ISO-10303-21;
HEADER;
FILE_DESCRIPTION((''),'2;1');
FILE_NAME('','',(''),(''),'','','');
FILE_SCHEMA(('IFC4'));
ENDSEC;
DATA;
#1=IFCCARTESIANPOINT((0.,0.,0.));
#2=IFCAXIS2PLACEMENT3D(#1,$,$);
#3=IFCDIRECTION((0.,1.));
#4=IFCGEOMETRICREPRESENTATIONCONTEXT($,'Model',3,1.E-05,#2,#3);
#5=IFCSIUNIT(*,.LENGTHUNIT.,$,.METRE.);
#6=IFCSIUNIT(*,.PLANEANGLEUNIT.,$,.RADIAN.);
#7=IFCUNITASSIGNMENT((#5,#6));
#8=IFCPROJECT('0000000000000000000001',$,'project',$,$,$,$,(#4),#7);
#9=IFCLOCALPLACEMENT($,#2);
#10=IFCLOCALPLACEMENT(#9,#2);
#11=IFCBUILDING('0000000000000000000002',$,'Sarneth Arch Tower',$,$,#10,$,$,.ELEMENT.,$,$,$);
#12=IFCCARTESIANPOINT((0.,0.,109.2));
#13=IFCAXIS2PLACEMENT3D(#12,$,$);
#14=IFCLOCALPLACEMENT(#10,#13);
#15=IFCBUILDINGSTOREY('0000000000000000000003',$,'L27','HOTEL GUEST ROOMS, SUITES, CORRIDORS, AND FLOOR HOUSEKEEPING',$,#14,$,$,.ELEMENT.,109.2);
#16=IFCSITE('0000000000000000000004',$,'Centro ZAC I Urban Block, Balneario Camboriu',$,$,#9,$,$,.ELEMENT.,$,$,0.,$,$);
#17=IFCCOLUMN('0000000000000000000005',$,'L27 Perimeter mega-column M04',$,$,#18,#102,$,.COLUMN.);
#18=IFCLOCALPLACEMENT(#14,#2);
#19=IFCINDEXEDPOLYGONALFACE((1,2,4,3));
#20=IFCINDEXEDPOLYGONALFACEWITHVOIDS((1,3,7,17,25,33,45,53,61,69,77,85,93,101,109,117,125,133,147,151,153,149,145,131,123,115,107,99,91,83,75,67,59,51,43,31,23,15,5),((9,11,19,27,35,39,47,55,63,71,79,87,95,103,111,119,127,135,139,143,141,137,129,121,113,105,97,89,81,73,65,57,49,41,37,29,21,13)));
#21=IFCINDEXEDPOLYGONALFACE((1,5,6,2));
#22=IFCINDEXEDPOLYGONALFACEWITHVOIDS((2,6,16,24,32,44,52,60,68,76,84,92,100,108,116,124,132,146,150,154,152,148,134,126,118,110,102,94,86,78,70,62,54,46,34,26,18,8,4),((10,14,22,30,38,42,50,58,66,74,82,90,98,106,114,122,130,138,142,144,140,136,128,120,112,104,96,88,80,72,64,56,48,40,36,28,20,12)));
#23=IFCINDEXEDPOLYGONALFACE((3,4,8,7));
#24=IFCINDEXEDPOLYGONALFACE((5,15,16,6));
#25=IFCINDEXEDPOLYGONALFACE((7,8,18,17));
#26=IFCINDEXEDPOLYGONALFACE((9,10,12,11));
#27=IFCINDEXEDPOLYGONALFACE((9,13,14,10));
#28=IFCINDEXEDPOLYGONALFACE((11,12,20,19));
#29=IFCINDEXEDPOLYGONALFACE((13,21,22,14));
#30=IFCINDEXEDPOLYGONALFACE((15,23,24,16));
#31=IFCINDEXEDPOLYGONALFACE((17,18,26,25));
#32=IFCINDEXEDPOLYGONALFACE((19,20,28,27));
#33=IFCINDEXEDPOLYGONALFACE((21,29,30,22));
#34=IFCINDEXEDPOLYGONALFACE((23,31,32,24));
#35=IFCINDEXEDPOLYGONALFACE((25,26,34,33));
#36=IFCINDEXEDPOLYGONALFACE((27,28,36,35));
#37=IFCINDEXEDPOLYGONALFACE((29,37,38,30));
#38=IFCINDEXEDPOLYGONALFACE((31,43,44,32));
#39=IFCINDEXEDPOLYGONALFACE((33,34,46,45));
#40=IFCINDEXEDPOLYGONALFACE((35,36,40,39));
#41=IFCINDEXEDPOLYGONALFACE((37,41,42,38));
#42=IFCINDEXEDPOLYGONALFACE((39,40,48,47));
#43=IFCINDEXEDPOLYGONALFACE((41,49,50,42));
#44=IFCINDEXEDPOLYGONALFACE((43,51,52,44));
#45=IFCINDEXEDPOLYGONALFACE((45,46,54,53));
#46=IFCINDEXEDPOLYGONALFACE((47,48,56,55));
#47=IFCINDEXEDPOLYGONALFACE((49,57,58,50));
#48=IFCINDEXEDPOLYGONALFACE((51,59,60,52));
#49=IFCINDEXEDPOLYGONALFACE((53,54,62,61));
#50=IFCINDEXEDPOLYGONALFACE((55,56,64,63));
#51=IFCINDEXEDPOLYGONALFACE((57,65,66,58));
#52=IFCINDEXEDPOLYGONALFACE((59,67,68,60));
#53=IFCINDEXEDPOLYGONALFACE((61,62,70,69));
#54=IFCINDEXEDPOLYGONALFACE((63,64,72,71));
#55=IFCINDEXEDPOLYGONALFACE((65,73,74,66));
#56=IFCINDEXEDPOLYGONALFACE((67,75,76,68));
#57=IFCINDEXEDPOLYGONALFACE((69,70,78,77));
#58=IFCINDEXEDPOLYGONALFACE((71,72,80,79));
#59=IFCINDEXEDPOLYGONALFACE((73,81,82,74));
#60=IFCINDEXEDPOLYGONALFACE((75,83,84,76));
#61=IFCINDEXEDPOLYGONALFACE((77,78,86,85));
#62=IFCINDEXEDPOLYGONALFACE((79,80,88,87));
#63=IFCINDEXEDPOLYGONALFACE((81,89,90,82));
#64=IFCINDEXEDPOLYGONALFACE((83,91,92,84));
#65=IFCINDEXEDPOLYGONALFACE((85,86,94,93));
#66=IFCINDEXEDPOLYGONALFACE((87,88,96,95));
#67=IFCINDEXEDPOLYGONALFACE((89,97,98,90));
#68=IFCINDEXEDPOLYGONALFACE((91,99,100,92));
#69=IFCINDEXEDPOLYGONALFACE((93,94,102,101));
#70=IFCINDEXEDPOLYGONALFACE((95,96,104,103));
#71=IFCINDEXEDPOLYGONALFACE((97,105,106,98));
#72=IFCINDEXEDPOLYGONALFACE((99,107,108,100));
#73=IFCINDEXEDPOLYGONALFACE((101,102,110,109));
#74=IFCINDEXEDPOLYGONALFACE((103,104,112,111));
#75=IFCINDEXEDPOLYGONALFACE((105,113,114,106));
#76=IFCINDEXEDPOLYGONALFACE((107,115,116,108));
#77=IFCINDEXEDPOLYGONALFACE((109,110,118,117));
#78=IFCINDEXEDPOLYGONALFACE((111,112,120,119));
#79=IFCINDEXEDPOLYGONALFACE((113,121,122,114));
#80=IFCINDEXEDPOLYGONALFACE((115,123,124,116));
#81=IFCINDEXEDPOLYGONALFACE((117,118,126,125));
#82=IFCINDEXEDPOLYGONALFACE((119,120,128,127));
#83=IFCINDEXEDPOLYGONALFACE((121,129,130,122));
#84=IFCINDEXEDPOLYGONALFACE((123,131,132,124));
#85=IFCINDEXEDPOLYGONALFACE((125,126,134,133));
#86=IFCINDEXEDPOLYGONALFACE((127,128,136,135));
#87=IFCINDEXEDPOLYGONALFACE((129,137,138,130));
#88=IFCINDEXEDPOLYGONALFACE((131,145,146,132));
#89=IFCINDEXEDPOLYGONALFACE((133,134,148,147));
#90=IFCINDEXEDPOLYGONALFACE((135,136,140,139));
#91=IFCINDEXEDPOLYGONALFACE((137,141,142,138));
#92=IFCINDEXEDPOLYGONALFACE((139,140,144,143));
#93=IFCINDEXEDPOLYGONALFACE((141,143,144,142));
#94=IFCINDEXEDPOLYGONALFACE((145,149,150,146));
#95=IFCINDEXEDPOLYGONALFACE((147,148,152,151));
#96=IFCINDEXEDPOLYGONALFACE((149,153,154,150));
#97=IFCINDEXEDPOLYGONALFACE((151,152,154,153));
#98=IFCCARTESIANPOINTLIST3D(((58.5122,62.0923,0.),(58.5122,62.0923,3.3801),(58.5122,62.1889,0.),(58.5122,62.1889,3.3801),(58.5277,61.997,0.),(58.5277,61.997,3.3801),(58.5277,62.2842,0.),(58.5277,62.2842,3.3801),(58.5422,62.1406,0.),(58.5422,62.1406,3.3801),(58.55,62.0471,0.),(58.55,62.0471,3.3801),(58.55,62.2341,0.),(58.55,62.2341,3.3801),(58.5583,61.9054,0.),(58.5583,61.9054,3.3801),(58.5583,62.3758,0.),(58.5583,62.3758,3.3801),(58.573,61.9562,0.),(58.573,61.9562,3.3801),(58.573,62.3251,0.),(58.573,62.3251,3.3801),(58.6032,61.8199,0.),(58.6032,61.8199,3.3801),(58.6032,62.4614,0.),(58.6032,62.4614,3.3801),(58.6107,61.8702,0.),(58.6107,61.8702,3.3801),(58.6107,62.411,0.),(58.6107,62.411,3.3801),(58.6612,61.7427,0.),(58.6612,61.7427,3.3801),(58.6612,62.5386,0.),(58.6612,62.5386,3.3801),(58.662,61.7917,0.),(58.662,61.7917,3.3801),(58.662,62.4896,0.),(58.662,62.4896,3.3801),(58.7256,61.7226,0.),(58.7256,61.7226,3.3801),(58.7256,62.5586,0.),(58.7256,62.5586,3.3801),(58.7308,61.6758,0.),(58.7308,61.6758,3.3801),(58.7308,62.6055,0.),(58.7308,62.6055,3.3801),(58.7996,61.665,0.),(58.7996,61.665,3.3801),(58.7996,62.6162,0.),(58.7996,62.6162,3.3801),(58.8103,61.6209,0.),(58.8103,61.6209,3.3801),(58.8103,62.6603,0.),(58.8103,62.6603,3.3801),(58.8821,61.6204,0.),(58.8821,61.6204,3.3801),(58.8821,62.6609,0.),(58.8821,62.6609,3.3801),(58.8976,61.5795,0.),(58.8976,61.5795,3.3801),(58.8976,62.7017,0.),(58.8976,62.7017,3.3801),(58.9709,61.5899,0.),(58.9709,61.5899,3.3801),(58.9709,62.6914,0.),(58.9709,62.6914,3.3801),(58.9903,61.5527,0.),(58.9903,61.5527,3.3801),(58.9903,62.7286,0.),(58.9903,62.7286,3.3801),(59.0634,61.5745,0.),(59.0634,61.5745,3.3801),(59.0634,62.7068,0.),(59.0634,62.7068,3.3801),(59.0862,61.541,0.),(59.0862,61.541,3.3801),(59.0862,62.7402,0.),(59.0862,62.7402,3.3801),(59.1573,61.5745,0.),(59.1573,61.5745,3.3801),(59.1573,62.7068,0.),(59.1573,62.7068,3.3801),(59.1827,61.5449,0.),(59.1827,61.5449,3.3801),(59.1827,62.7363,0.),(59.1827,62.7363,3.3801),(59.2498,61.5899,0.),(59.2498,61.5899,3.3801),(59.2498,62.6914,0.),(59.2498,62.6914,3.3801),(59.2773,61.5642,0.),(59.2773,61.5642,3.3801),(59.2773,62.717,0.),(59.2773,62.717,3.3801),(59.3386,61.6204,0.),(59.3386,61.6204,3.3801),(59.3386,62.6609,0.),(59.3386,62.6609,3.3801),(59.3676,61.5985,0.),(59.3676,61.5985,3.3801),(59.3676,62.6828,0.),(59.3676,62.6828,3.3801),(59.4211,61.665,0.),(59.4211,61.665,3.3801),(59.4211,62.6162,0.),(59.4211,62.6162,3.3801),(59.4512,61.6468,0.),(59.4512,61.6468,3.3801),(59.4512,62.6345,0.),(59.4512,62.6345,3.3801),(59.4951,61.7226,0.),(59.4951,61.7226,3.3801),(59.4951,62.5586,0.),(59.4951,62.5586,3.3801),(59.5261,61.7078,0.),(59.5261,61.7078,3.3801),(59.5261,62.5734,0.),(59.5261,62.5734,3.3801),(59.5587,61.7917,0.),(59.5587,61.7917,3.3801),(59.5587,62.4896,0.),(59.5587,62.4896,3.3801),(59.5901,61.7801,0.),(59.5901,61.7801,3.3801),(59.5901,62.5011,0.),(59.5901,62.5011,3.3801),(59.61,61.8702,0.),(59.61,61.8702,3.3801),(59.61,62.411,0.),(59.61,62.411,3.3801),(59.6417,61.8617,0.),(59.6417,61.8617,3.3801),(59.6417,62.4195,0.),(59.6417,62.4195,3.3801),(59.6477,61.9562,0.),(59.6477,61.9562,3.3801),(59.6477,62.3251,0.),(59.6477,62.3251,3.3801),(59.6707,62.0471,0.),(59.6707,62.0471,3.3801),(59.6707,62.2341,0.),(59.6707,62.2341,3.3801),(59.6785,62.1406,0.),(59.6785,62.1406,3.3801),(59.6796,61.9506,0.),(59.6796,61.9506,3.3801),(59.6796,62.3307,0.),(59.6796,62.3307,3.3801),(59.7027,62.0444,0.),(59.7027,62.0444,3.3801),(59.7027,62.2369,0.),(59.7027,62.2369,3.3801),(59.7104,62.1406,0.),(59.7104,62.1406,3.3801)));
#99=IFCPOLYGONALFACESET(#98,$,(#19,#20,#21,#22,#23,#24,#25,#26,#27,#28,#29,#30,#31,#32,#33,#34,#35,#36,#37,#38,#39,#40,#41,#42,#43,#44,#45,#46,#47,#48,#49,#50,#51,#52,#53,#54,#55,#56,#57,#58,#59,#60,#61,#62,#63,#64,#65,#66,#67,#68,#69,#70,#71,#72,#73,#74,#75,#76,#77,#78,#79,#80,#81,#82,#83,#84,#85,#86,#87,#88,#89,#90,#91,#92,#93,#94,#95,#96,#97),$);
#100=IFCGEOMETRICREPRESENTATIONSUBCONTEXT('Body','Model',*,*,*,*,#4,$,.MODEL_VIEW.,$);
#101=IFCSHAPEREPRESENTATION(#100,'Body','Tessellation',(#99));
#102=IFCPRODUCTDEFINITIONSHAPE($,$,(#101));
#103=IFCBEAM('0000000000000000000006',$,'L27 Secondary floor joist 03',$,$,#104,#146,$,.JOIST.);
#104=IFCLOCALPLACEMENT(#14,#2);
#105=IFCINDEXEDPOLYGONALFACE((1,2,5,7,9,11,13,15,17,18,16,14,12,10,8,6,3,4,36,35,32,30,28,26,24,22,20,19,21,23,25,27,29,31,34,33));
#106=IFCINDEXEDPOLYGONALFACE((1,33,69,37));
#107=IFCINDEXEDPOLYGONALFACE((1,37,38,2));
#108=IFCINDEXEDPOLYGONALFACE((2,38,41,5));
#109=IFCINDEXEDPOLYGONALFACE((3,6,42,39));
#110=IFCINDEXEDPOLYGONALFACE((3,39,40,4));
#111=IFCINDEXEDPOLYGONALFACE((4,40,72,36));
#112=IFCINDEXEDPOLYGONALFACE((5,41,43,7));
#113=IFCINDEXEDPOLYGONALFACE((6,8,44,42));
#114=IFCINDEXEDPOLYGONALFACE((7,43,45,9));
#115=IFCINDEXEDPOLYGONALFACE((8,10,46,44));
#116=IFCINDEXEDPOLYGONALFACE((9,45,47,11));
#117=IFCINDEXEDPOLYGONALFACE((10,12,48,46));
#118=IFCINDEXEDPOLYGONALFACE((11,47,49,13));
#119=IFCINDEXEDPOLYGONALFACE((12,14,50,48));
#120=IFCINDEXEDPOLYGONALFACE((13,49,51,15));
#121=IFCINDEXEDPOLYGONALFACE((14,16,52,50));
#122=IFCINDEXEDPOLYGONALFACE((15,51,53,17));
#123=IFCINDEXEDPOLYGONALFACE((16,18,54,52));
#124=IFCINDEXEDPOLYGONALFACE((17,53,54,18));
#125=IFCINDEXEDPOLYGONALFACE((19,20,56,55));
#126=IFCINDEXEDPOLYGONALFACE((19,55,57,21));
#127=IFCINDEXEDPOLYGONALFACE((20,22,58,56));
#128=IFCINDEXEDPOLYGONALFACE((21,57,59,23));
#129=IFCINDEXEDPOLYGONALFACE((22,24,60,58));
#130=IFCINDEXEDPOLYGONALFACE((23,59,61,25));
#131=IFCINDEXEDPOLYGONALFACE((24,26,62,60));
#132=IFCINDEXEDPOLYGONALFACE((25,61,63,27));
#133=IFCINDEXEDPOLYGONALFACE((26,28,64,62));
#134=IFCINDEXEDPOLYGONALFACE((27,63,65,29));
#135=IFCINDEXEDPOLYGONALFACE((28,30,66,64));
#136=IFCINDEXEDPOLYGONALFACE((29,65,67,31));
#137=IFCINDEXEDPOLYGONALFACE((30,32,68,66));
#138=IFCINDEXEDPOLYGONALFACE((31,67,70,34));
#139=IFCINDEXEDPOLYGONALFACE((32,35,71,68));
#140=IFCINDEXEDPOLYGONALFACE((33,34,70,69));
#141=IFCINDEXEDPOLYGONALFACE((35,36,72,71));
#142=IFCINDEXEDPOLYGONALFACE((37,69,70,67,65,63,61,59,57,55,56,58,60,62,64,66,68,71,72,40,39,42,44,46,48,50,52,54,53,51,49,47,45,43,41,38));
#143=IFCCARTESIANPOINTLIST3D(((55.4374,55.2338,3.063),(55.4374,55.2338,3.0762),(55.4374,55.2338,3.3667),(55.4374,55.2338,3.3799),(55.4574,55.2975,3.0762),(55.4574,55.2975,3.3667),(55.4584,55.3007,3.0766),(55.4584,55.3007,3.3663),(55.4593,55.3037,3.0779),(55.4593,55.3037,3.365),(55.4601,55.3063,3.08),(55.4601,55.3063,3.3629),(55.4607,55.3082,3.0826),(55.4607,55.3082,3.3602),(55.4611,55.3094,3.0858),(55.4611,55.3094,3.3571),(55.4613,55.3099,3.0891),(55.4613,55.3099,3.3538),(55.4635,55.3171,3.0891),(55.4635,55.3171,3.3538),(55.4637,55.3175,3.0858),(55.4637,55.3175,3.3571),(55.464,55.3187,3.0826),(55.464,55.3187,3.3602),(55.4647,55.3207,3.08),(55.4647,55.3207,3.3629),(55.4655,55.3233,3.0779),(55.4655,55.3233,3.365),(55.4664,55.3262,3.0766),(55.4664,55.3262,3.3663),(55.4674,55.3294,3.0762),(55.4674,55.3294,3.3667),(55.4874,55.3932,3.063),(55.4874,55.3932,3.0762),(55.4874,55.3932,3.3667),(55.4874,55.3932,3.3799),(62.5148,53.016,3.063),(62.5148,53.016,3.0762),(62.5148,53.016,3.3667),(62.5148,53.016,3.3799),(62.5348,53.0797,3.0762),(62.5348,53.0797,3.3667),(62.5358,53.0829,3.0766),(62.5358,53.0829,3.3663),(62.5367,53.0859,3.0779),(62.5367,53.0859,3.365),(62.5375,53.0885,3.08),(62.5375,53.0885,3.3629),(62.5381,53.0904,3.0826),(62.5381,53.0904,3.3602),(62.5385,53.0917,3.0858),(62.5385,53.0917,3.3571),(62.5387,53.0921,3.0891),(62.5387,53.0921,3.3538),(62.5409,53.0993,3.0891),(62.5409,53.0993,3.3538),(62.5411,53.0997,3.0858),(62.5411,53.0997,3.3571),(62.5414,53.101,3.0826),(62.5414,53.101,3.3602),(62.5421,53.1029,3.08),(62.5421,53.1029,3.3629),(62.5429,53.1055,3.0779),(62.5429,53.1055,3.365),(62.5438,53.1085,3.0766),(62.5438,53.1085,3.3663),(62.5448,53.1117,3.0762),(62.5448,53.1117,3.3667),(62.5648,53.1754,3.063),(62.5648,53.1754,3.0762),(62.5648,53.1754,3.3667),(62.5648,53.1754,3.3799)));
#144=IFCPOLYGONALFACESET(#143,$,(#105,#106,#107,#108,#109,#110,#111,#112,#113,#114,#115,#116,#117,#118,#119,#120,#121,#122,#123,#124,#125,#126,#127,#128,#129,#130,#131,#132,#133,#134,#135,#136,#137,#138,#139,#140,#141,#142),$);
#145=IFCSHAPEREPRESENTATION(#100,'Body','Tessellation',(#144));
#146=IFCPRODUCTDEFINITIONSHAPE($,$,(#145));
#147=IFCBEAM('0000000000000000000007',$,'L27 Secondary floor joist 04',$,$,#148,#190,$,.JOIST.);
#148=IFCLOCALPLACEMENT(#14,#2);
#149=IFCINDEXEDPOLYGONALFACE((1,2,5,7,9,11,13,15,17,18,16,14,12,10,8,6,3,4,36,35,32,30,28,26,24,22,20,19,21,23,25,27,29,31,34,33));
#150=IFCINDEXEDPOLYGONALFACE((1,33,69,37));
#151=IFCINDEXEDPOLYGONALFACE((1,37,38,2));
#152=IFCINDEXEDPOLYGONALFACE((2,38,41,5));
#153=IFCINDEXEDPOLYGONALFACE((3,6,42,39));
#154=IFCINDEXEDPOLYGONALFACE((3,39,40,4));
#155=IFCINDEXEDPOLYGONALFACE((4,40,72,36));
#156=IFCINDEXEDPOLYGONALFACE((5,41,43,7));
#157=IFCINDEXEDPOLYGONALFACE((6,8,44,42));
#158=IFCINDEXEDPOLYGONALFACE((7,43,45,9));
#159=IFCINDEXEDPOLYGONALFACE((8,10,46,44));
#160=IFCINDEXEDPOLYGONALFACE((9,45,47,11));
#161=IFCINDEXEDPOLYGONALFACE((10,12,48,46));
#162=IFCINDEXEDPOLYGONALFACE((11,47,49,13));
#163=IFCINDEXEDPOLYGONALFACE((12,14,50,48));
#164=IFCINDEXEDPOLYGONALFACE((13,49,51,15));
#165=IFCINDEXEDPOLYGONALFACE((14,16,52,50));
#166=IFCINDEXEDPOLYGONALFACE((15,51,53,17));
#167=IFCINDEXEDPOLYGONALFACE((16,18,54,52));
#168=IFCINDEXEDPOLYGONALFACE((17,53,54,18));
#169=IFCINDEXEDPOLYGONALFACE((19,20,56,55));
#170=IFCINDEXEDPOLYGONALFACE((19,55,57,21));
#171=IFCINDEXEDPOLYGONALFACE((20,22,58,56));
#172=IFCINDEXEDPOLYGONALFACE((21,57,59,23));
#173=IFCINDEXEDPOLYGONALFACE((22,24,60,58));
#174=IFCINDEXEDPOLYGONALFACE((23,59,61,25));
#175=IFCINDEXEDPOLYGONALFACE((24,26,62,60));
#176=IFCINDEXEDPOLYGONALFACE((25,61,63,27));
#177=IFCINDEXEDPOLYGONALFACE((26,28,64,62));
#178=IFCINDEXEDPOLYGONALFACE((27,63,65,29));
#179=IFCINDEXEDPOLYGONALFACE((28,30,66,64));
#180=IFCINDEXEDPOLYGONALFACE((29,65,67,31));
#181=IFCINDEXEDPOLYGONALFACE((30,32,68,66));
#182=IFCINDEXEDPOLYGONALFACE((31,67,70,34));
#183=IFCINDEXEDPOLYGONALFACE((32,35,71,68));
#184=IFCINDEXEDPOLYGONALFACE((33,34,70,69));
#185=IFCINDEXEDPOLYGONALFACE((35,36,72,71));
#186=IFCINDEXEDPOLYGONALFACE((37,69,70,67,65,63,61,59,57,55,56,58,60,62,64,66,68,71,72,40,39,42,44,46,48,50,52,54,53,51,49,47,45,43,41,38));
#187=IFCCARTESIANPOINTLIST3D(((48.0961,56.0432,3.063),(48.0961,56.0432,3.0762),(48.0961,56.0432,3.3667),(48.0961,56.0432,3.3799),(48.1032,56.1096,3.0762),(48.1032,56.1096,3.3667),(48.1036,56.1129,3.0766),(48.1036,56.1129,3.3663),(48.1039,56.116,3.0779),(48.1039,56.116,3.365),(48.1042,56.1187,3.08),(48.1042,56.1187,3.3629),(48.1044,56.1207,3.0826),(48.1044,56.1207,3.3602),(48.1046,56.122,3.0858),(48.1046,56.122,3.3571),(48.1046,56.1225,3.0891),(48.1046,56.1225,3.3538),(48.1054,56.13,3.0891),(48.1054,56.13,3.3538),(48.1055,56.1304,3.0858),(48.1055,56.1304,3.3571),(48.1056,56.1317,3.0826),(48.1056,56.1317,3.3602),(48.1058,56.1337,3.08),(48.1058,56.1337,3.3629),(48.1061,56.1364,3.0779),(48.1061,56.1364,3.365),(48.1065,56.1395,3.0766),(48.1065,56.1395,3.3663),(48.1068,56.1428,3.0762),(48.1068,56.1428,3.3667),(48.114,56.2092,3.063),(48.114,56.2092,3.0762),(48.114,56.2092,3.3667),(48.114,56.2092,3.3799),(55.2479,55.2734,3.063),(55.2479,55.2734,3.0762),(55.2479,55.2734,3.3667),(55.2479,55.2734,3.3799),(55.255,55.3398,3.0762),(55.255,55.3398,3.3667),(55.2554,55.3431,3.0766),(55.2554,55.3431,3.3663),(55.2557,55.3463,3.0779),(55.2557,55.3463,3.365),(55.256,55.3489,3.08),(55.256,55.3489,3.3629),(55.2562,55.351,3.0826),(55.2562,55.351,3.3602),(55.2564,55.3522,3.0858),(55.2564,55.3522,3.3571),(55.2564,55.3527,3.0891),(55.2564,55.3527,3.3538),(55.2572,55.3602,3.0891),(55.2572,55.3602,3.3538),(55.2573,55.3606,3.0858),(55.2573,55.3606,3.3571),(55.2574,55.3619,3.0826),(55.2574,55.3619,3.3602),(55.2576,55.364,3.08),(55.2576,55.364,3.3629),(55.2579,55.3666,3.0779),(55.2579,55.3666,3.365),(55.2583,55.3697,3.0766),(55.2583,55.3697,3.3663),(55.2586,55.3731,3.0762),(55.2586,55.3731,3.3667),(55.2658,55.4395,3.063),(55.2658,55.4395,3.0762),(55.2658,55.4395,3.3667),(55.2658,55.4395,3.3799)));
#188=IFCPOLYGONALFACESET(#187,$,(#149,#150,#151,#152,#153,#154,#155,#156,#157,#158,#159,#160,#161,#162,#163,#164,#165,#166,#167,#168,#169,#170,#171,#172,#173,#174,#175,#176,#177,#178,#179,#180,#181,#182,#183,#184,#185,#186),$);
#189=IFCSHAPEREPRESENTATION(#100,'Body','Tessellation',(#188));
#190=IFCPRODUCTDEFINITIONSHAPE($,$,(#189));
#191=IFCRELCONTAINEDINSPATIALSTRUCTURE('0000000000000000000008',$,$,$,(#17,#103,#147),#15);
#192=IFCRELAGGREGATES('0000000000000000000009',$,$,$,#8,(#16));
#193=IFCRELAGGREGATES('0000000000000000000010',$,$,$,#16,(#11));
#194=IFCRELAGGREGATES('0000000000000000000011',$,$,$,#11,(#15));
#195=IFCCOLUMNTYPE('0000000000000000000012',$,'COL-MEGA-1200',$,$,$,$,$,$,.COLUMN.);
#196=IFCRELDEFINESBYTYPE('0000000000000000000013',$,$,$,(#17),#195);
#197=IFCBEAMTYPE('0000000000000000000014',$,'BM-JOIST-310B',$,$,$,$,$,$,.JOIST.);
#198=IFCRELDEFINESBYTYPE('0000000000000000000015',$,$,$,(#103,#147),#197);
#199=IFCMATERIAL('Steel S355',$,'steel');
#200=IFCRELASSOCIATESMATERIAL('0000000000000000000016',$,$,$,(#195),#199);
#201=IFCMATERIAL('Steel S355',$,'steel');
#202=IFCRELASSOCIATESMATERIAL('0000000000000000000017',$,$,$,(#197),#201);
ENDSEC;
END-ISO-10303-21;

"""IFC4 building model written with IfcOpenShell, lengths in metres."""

from ifc_helpers import new_model, si_unit, direction, frame, origin, origin_2d, place, context, subcontext, project, spatial, hollow_circle, i_section, extrude, material, material_profile, profile_set, type_object, element, save


model = new_model("IFC4")

# Units and contexts
model_context = context("Model", 3, precision=1e-05, world=origin(), true_north=direction((0.0, 1.0)))
body_context = subcontext(model_context, "Body", "Model", "MODEL_VIEW")
ifc_project = project(units=[si_unit("LENGTHUNIT", "METRE"), si_unit("PLANEANGLEUNIT", "RADIAN")], contexts=[model_context])

# Site, building, storey
site_placement = place(None, origin())
site = spatial("IfcSite", under=ifc_project, at=site_placement, Name="Centro ZAC I Urban Block, Balneario Camboriu", CompositionType="ELEMENT", RefElevation=0.0)
building_placement = place(site_placement, origin())
building = spatial("IfcBuilding", under=site, at=building_placement, Name="Sarneth Arch Tower", CompositionType="ELEMENT")
storey_placement = place(building_placement, frame((0.0, 0.0, 109.2)))
storey = spatial("IfcBuildingStorey", under=building, at=storey_placement, Name="L27", Description="HOTEL GUEST ROOMS, SUITES, CORRIDORS, AND FLOOR HOUSEKEEPING", CompositionType="ELEMENT", Elevation=109.2)

# Column
ifc_material_1 = material(Name="Steel S355", Category="steel")
ifc_material_profile_1 = material_profile(ifc_material_1, hollow_circle(Radius=0.6001, WallThickness=0.032, at=origin_2d()), Name="CHS1200x32")
ifc_profile_set_1 = profile_set([ifc_material_profile_1], Name="Steel S355")
column_type = type_object("IfcColumnType", Name="COL-MEGA-1200", PredefinedType="COLUMN", material=ifc_profile_set_1)
column_placement = place(storey_placement, frame((59.1104, 62.1406, 0.0), z_axis=(0.0, 0.0, 1.0), x_axis=(1.0, 0.0, 0.0)))
element("IfcColumn", 1, at=column_placement, inside=storey, type_object=column_type, Name="L27 Perimeter mega-column M04", PredefinedType="COLUMN", context=body_context, shape_type="SweptSolid", body=[
    extrude(hollow_circle(Radius=0.6001, WallThickness=0.032, at=origin_2d()), origin(), (0.0, 0.0, 1.0), 3.3801),
])

# Beams
ifc_material_2 = material(Name="Steel S355", Category="steel")
ifc_material_profile_2 = material_profile(ifc_material_2, i_section(OverallWidth=0.167, OverallDepth=0.3169, WebThickness=0.0076, FlangeThickness=0.0132, FilletRadius=0.0129, at=origin_2d()), Name="W310x52")
ifc_profile_set_2 = profile_set([ifc_material_profile_2], Name="Steel S355")
beam_type_1 = type_object("IfcBeamType", Name="BM-JOIST-310B", PredefinedType="JOIST", material=ifc_profile_set_2)
beam_1_placement = place(storey_placement, frame((62.5398, 53.0957, 3.2214), z_axis=(-0.954246, 0.299023, 0.0), x_axis=(-0.299023, -0.954246, 0.0)))
element("IfcBeam", 2, at=beam_1_placement, inside=storey, type_object=beam_type_1, Name="L27 Secondary floor joist 03", PredefinedType="JOIST", context=body_context, shape_type="SweptSolid", body=[
    extrude(i_section(OverallWidth=0.167, OverallDepth=0.3169, WebThickness=0.0076, FlangeThickness=0.0132, FilletRadius=0.0129, at=origin_2d()), origin(), (0.0, 0.0, 1.0), 7.4167),
])
beam_2_placement = place(storey_placement, frame((55.2568, 55.3564, 3.2214), z_axis=(-0.994257, 0.107015, 0.0), x_axis=(-0.107015, -0.994257, 0.0)))
element("IfcBeam", 3, at=beam_2_placement, inside=storey, type_object=beam_type_1, Name="L27 Secondary floor joist 04", PredefinedType="JOIST", context=body_context, shape_type="SweptSolid", body=[
    extrude(i_section(OverallWidth=0.167, OverallDepth=0.3169, WebThickness=0.0076, FlangeThickness=0.0132, FilletRadius=0.0129, at=origin_2d()), origin(), (0.0, 0.0, 1.0), 7.1931),
])

save(model, "model.ifc")
